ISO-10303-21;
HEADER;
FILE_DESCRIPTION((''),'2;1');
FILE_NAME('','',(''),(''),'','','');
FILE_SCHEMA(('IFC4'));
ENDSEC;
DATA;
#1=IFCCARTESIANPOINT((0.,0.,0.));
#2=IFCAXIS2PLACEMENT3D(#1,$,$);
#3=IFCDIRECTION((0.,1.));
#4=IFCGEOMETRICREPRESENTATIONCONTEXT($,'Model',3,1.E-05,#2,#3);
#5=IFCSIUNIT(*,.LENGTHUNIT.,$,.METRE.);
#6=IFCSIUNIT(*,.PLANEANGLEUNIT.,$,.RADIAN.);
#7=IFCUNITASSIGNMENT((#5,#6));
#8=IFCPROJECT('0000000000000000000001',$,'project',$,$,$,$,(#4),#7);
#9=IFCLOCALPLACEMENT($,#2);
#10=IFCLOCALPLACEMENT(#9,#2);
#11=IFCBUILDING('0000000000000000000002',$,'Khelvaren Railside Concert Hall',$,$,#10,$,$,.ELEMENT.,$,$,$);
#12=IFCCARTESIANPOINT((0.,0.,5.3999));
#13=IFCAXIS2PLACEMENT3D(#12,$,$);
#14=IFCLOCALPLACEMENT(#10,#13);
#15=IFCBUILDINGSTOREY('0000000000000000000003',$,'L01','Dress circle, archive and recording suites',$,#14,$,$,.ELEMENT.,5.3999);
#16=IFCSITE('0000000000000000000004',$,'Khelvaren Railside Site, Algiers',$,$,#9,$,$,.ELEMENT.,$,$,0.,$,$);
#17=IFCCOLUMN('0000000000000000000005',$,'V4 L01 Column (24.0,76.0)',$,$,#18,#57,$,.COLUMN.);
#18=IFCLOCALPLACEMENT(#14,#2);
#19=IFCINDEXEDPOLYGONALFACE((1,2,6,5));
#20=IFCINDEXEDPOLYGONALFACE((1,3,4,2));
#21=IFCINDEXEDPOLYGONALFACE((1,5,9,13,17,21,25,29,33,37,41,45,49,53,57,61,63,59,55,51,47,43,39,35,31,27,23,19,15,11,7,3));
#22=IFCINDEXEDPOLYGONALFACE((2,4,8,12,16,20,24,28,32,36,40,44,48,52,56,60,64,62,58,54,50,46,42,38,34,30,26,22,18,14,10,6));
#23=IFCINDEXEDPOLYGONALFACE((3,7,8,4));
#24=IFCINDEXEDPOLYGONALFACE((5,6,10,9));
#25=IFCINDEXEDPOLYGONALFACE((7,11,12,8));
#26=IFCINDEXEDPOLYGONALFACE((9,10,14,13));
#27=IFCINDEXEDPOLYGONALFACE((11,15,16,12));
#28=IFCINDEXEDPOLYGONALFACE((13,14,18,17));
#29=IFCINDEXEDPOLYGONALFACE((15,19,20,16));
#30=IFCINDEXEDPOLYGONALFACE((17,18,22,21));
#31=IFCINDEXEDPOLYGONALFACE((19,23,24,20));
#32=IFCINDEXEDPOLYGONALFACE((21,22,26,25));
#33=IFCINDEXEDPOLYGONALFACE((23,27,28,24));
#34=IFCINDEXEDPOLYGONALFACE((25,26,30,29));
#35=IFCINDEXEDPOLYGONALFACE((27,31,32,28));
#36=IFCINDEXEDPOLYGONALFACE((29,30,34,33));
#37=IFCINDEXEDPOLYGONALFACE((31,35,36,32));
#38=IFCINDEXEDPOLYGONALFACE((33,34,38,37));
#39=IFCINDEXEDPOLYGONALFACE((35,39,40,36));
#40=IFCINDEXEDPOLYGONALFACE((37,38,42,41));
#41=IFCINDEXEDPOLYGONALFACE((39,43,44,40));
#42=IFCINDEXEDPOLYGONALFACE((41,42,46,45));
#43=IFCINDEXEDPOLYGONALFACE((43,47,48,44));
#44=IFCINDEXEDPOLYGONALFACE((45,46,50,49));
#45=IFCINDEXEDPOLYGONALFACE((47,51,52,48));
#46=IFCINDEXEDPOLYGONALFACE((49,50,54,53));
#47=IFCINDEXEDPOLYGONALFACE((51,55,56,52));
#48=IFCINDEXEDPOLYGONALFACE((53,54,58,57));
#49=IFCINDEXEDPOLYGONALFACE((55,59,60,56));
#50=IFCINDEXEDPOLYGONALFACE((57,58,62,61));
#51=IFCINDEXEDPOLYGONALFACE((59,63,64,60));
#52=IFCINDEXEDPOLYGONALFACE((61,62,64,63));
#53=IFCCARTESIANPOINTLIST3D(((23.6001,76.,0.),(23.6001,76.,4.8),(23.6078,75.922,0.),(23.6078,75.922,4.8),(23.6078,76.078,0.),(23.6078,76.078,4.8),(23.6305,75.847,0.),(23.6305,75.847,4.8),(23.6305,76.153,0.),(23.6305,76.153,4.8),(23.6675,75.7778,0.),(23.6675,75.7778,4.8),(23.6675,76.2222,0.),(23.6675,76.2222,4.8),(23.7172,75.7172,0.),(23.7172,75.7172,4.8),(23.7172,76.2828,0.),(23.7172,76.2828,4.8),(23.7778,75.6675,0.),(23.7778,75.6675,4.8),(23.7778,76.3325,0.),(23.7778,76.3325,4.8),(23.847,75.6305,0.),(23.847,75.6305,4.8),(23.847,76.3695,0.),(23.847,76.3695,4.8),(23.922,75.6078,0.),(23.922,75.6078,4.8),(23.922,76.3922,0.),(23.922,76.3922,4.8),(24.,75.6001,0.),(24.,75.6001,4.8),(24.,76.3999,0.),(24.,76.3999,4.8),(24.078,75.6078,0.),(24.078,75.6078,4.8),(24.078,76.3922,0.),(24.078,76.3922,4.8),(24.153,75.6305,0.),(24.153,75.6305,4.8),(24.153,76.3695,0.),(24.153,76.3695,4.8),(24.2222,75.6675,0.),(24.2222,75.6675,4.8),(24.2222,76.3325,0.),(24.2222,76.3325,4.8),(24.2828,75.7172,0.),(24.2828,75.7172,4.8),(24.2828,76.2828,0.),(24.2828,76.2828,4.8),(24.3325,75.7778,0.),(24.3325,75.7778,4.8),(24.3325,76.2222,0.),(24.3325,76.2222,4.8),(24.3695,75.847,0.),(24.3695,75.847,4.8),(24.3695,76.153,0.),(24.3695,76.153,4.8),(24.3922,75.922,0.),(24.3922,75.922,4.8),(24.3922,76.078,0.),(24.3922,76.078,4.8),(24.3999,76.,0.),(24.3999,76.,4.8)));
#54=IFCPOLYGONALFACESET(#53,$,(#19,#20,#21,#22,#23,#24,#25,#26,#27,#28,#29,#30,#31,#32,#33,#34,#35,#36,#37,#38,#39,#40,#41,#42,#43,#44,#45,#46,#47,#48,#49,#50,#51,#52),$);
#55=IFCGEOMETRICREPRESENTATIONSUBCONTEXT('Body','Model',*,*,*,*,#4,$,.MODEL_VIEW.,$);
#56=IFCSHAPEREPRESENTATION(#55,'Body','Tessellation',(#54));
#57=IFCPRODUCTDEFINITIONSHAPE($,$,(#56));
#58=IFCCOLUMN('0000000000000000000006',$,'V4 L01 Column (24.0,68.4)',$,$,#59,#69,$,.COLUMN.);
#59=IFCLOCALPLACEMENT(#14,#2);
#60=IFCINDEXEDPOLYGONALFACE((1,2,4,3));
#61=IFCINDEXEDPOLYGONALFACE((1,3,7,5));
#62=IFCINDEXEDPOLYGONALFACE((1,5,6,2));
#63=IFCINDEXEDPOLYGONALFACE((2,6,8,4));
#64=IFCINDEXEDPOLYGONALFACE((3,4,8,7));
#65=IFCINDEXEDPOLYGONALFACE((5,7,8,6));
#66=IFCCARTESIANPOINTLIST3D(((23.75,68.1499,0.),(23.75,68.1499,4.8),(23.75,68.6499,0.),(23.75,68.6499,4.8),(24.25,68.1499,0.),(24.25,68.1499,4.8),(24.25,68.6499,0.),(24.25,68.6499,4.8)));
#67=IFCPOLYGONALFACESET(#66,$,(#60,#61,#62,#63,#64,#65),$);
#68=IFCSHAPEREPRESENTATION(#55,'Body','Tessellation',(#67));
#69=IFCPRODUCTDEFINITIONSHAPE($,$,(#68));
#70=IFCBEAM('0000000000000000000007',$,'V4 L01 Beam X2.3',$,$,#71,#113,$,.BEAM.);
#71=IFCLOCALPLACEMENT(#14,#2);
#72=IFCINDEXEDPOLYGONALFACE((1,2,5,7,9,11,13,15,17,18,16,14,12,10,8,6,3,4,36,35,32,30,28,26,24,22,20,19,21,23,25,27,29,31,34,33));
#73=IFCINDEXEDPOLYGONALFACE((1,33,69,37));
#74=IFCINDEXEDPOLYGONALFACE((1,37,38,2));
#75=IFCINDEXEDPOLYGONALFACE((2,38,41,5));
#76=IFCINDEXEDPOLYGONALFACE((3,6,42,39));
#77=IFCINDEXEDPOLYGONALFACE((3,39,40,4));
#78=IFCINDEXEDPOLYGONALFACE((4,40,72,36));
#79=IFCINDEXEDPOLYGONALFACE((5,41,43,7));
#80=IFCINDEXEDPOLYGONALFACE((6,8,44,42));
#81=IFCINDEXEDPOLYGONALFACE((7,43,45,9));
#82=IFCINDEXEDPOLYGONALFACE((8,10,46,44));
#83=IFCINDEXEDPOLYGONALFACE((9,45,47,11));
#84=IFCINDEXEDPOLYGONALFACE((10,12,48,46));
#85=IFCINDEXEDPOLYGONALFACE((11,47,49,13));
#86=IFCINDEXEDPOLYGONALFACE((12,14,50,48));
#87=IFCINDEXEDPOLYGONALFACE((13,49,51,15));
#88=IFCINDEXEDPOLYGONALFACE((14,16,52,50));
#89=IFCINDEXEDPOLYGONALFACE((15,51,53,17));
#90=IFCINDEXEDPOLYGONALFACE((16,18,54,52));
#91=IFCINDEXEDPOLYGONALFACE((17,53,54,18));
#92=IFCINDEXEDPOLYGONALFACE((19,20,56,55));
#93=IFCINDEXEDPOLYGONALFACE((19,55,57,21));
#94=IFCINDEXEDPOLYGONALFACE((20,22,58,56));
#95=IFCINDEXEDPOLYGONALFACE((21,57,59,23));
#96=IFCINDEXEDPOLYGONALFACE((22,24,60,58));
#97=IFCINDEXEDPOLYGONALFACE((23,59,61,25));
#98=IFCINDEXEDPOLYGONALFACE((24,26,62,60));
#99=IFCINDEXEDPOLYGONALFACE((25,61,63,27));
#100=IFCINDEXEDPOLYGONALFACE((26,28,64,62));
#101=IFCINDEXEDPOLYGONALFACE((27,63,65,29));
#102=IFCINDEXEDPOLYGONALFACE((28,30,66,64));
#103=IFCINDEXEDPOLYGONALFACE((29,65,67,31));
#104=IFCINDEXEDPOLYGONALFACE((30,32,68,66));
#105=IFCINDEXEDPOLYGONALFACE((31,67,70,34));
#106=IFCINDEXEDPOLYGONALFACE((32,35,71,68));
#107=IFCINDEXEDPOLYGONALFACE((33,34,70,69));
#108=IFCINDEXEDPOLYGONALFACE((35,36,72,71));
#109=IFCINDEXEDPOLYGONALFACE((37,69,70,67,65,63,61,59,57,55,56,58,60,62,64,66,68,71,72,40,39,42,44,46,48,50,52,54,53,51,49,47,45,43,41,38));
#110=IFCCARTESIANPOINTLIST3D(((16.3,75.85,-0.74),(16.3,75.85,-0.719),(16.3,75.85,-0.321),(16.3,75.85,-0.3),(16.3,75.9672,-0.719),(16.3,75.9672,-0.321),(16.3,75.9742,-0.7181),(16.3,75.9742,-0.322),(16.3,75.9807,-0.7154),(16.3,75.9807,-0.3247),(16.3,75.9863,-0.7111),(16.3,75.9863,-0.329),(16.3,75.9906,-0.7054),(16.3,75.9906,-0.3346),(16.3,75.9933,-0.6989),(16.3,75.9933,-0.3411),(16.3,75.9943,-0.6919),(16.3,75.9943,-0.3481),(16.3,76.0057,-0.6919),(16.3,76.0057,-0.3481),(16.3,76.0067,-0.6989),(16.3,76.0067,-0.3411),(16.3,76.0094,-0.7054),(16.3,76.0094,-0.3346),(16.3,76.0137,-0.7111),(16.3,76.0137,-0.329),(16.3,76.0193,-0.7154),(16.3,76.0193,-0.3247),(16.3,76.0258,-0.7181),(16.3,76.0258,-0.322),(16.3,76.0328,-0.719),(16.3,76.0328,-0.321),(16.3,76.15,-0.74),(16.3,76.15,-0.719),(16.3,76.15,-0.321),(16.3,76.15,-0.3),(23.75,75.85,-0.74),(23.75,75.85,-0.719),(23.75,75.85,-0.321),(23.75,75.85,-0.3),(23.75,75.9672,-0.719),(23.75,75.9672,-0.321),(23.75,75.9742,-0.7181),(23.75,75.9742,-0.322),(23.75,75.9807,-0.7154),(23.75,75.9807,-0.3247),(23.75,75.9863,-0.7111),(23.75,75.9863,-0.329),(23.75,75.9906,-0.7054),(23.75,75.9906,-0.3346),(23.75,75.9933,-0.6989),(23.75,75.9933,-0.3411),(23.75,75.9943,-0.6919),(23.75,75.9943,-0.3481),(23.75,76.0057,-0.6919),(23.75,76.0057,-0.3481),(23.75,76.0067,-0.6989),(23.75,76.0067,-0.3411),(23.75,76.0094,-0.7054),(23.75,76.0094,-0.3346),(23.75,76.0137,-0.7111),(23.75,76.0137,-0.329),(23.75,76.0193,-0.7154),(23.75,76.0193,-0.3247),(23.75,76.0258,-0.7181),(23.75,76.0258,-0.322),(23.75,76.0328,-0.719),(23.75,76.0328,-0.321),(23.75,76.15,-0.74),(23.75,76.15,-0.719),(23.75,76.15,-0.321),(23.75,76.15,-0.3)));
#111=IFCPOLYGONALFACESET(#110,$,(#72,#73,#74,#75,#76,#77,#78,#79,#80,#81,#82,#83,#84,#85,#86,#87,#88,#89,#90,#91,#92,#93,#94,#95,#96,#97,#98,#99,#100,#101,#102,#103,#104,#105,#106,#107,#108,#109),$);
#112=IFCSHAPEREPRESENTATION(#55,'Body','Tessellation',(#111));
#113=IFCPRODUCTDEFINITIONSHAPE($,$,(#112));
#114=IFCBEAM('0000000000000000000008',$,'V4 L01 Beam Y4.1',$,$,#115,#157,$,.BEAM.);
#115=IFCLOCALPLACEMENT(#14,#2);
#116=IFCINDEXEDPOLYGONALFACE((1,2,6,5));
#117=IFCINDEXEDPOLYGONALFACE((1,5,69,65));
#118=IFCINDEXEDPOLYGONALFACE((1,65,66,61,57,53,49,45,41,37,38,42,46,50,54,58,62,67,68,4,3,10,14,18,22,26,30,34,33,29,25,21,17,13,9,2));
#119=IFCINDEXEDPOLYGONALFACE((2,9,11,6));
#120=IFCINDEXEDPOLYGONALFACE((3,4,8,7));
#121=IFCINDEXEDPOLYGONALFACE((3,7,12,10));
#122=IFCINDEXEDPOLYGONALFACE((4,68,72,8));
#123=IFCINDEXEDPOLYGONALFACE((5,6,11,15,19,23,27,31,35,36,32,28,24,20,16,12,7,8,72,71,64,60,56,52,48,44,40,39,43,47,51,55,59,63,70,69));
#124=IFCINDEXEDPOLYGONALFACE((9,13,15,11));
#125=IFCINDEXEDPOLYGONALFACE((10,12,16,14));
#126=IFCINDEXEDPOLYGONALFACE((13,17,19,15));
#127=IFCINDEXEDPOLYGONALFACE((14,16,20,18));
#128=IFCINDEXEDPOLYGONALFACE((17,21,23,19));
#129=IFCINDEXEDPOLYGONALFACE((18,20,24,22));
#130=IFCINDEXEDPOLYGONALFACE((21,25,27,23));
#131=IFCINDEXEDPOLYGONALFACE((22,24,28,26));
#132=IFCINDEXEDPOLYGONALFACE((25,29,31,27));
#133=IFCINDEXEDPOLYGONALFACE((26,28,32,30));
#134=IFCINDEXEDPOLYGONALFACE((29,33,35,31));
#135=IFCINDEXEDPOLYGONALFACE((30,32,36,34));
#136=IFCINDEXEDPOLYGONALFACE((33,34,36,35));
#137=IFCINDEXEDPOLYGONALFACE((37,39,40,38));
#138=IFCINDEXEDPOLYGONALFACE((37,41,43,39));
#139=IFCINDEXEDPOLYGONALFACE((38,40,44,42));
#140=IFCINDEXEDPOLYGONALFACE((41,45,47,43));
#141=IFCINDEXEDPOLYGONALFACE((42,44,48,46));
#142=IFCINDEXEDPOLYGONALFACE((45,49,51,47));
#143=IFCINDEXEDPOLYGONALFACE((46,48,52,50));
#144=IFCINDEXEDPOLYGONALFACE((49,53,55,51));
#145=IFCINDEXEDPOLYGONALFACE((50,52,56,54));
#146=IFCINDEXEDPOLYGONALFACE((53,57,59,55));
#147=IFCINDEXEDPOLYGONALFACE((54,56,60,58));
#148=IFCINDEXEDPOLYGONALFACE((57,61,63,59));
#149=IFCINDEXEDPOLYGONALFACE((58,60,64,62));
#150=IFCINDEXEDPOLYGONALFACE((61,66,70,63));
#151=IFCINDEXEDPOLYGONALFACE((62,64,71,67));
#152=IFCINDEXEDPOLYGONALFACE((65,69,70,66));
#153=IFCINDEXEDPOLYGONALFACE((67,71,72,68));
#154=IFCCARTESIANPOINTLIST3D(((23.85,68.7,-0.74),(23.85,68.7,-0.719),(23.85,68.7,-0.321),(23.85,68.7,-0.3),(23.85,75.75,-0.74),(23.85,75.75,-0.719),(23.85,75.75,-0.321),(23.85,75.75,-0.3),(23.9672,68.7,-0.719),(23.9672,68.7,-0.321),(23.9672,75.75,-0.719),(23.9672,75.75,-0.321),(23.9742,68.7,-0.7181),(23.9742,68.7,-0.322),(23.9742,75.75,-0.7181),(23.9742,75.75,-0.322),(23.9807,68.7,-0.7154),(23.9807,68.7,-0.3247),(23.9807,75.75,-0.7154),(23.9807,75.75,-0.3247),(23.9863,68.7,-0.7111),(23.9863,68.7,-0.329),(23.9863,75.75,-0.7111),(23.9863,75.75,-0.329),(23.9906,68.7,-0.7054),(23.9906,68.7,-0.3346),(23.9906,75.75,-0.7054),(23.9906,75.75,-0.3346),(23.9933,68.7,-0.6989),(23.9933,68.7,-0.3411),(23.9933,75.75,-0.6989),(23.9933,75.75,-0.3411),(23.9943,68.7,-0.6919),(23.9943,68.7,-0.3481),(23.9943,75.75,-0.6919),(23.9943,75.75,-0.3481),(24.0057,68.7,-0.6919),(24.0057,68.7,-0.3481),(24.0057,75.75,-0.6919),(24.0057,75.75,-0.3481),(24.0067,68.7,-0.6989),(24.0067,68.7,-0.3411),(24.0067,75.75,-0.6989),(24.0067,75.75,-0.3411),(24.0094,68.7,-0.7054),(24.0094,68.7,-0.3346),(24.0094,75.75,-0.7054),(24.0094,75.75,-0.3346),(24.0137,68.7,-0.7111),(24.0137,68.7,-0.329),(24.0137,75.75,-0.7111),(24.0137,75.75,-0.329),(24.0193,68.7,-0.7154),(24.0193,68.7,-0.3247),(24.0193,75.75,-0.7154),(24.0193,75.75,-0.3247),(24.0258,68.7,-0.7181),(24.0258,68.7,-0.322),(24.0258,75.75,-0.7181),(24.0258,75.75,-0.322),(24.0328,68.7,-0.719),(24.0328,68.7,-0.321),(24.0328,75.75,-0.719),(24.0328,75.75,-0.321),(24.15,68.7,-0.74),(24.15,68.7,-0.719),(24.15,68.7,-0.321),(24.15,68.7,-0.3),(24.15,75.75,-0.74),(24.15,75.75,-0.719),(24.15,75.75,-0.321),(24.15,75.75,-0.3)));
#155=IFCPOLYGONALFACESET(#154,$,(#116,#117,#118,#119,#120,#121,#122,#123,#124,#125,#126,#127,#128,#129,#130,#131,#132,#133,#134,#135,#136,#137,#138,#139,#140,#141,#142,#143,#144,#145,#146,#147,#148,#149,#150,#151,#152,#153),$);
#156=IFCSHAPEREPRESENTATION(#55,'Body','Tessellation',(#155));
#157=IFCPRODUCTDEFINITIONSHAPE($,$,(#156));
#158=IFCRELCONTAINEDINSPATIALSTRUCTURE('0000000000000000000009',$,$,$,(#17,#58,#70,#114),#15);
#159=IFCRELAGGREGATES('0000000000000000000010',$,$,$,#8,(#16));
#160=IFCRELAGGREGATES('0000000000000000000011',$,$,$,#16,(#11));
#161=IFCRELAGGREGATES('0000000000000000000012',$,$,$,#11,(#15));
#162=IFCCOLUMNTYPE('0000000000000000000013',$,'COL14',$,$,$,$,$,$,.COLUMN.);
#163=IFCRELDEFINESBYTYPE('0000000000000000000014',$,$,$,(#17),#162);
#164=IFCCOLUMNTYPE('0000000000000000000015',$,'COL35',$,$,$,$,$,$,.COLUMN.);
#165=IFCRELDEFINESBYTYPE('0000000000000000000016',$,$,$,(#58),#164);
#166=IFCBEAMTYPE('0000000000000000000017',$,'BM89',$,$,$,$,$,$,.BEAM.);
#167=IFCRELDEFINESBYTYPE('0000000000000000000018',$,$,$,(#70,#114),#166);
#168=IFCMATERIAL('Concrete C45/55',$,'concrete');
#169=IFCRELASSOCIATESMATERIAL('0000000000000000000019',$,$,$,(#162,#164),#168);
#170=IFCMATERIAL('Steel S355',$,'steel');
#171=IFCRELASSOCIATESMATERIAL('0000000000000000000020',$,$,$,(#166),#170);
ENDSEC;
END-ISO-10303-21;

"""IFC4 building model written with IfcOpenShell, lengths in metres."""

from ifc_helpers import new_model, si_unit, direction, frame, origin, origin_2d, place, context, subcontext, project, spatial, rectangle, circle, i_section, extrude, material, material_profile, profile_set, type_object, element, save


model = new_model("IFC4")

# Units and contexts
model_context = context("Model", 3, precision=1e-05, world=origin(), true_north=direction((0.0, 1.0)))
body_context = subcontext(model_context, "Body", "Model", "MODEL_VIEW")
ifc_project = project(units=[si_unit("LENGTHUNIT", "METRE"), si_unit("PLANEANGLEUNIT", "RADIAN")], contexts=[model_context])

# Site, building, storey
site_placement = place(None, origin())
site = spatial("IfcSite", under=ifc_project, at=site_placement, Name="Khelvaren Railside Site, Algiers", CompositionType="ELEMENT", RefElevation=0.0)
building_placement = place(site_placement, origin())
building = spatial("IfcBuilding", under=site, at=building_placement, Name="Khelvaren Railside Concert Hall", CompositionType="ELEMENT")
storey_placement = place(building_placement, frame((0.0, 0.0, 5.3999)))
storey = spatial("IfcBuildingStorey", under=building, at=storey_placement, Name="L01", Description="Dress circle, archive and recording suites", CompositionType="ELEMENT", Elevation=5.3999)

# Columns
ifc_material_1 = material(Name="Concrete C45/55", Category="concrete")
ifc_material_profile_1 = material_profile(ifc_material_1, circle(Radius=0.3999, at=origin_2d()), Name="RC D800")
ifc_profile_set_1 = profile_set([ifc_material_profile_1], Name="Concrete C45/55")
column_type_1 = type_object("IfcColumnType", Name="COL14", PredefinedType="COLUMN", material=ifc_profile_set_1)
column_1_placement = place(storey_placement, frame((24.0, 76.0, 0.0), z_axis=(0.0, 0.0, 1.0), x_axis=(1.0, 0.0, 0.0)))
element("IfcColumn", 1, at=column_1_placement, inside=storey, type_object=column_type_1, Name="V4 L01 Column (24.0,76.0)", PredefinedType="COLUMN", context=body_context, shape_type="SweptSolid", body=[
    extrude(circle(Radius=0.3999, at=origin_2d()), origin(), (0.0, 0.0, 1.0), 4.8),
])
ifc_material_profile_2 = material_profile(ifc_material_1, rectangle(XDim=0.5, YDim=0.5, at=origin_2d()), Name="RC 500x500")
ifc_profile_set_2 = profile_set([ifc_material_profile_2], Name="Concrete C45/55")
column_type_2 = type_object("IfcColumnType", Name="COL35", PredefinedType="COLUMN", material=ifc_profile_set_2)
column_2_placement = place(storey_placement, frame((24.0, 68.3999, 0.0), z_axis=(0.0, 0.0, 1.0), x_axis=(1.0, 0.0, 0.0)))
element("IfcColumn", 2, at=column_2_placement, inside=storey, type_object=column_type_2, Name="V4 L01 Column (24.0,68.4)", PredefinedType="COLUMN", context=body_context, shape_type="SweptSolid", body=[
    extrude(rectangle(XDim=0.5, YDim=0.5, at=origin_2d()), origin(), (0.0, 0.0, 1.0), 4.8),
])

# Beams
ifc_material_2 = material(Name="Steel S355", Category="steel")
ifc_material_profile_3 = material_profile(ifc_material_2, i_section(OverallWidth=0.3, OverallDepth=0.4399, WebThickness=0.0115, FlangeThickness=0.021, FilletRadius=0.0271, at=origin_2d()), Name="HEA 450")
ifc_profile_set_3 = profile_set([ifc_material_profile_3], Name="Steel S355")
beam_type_1 = type_object("IfcBeamType", Name="BM89", PredefinedType="BEAM", material=ifc_profile_set_3)
beam_1_placement = place(storey_placement, frame((16.3, 76.0, -0.52), z_axis=(1.0, 0.0, 0.0), x_axis=(0.0, 1.0, 0.0)))
element("IfcBeam", 3, at=beam_1_placement, inside=storey, type_object=beam_type_1, Name="V4 L01 Beam X2.3", PredefinedType="BEAM", context=body_context, shape_type="SweptSolid", body=[
    extrude(i_section(OverallWidth=0.3, OverallDepth=0.4399, WebThickness=0.0115, FlangeThickness=0.021, FilletRadius=0.0271, at=origin_2d()), origin(), (0.0, 0.0, 1.0), 7.45),
])
beam_2_placement = place(storey_placement, frame((24.0, 68.7, -0.52), z_axis=(0.0, 1.0, 0.0), x_axis=(-1.0, 0.0, 0.0)))
element("IfcBeam", 4, at=beam_2_placement, inside=storey, type_object=beam_type_1, Name="V4 L01 Beam Y4.1", PredefinedType="BEAM", context=body_context, shape_type="SweptSolid", body=[
    extrude(i_section(OverallWidth=0.3, OverallDepth=0.4399, WebThickness=0.0115, FlangeThickness=0.021, FilletRadius=0.0271, at=origin_2d()), origin(), (0.0, 0.0, 1.0), 7.05),
])

save(model, "model.ifc")
